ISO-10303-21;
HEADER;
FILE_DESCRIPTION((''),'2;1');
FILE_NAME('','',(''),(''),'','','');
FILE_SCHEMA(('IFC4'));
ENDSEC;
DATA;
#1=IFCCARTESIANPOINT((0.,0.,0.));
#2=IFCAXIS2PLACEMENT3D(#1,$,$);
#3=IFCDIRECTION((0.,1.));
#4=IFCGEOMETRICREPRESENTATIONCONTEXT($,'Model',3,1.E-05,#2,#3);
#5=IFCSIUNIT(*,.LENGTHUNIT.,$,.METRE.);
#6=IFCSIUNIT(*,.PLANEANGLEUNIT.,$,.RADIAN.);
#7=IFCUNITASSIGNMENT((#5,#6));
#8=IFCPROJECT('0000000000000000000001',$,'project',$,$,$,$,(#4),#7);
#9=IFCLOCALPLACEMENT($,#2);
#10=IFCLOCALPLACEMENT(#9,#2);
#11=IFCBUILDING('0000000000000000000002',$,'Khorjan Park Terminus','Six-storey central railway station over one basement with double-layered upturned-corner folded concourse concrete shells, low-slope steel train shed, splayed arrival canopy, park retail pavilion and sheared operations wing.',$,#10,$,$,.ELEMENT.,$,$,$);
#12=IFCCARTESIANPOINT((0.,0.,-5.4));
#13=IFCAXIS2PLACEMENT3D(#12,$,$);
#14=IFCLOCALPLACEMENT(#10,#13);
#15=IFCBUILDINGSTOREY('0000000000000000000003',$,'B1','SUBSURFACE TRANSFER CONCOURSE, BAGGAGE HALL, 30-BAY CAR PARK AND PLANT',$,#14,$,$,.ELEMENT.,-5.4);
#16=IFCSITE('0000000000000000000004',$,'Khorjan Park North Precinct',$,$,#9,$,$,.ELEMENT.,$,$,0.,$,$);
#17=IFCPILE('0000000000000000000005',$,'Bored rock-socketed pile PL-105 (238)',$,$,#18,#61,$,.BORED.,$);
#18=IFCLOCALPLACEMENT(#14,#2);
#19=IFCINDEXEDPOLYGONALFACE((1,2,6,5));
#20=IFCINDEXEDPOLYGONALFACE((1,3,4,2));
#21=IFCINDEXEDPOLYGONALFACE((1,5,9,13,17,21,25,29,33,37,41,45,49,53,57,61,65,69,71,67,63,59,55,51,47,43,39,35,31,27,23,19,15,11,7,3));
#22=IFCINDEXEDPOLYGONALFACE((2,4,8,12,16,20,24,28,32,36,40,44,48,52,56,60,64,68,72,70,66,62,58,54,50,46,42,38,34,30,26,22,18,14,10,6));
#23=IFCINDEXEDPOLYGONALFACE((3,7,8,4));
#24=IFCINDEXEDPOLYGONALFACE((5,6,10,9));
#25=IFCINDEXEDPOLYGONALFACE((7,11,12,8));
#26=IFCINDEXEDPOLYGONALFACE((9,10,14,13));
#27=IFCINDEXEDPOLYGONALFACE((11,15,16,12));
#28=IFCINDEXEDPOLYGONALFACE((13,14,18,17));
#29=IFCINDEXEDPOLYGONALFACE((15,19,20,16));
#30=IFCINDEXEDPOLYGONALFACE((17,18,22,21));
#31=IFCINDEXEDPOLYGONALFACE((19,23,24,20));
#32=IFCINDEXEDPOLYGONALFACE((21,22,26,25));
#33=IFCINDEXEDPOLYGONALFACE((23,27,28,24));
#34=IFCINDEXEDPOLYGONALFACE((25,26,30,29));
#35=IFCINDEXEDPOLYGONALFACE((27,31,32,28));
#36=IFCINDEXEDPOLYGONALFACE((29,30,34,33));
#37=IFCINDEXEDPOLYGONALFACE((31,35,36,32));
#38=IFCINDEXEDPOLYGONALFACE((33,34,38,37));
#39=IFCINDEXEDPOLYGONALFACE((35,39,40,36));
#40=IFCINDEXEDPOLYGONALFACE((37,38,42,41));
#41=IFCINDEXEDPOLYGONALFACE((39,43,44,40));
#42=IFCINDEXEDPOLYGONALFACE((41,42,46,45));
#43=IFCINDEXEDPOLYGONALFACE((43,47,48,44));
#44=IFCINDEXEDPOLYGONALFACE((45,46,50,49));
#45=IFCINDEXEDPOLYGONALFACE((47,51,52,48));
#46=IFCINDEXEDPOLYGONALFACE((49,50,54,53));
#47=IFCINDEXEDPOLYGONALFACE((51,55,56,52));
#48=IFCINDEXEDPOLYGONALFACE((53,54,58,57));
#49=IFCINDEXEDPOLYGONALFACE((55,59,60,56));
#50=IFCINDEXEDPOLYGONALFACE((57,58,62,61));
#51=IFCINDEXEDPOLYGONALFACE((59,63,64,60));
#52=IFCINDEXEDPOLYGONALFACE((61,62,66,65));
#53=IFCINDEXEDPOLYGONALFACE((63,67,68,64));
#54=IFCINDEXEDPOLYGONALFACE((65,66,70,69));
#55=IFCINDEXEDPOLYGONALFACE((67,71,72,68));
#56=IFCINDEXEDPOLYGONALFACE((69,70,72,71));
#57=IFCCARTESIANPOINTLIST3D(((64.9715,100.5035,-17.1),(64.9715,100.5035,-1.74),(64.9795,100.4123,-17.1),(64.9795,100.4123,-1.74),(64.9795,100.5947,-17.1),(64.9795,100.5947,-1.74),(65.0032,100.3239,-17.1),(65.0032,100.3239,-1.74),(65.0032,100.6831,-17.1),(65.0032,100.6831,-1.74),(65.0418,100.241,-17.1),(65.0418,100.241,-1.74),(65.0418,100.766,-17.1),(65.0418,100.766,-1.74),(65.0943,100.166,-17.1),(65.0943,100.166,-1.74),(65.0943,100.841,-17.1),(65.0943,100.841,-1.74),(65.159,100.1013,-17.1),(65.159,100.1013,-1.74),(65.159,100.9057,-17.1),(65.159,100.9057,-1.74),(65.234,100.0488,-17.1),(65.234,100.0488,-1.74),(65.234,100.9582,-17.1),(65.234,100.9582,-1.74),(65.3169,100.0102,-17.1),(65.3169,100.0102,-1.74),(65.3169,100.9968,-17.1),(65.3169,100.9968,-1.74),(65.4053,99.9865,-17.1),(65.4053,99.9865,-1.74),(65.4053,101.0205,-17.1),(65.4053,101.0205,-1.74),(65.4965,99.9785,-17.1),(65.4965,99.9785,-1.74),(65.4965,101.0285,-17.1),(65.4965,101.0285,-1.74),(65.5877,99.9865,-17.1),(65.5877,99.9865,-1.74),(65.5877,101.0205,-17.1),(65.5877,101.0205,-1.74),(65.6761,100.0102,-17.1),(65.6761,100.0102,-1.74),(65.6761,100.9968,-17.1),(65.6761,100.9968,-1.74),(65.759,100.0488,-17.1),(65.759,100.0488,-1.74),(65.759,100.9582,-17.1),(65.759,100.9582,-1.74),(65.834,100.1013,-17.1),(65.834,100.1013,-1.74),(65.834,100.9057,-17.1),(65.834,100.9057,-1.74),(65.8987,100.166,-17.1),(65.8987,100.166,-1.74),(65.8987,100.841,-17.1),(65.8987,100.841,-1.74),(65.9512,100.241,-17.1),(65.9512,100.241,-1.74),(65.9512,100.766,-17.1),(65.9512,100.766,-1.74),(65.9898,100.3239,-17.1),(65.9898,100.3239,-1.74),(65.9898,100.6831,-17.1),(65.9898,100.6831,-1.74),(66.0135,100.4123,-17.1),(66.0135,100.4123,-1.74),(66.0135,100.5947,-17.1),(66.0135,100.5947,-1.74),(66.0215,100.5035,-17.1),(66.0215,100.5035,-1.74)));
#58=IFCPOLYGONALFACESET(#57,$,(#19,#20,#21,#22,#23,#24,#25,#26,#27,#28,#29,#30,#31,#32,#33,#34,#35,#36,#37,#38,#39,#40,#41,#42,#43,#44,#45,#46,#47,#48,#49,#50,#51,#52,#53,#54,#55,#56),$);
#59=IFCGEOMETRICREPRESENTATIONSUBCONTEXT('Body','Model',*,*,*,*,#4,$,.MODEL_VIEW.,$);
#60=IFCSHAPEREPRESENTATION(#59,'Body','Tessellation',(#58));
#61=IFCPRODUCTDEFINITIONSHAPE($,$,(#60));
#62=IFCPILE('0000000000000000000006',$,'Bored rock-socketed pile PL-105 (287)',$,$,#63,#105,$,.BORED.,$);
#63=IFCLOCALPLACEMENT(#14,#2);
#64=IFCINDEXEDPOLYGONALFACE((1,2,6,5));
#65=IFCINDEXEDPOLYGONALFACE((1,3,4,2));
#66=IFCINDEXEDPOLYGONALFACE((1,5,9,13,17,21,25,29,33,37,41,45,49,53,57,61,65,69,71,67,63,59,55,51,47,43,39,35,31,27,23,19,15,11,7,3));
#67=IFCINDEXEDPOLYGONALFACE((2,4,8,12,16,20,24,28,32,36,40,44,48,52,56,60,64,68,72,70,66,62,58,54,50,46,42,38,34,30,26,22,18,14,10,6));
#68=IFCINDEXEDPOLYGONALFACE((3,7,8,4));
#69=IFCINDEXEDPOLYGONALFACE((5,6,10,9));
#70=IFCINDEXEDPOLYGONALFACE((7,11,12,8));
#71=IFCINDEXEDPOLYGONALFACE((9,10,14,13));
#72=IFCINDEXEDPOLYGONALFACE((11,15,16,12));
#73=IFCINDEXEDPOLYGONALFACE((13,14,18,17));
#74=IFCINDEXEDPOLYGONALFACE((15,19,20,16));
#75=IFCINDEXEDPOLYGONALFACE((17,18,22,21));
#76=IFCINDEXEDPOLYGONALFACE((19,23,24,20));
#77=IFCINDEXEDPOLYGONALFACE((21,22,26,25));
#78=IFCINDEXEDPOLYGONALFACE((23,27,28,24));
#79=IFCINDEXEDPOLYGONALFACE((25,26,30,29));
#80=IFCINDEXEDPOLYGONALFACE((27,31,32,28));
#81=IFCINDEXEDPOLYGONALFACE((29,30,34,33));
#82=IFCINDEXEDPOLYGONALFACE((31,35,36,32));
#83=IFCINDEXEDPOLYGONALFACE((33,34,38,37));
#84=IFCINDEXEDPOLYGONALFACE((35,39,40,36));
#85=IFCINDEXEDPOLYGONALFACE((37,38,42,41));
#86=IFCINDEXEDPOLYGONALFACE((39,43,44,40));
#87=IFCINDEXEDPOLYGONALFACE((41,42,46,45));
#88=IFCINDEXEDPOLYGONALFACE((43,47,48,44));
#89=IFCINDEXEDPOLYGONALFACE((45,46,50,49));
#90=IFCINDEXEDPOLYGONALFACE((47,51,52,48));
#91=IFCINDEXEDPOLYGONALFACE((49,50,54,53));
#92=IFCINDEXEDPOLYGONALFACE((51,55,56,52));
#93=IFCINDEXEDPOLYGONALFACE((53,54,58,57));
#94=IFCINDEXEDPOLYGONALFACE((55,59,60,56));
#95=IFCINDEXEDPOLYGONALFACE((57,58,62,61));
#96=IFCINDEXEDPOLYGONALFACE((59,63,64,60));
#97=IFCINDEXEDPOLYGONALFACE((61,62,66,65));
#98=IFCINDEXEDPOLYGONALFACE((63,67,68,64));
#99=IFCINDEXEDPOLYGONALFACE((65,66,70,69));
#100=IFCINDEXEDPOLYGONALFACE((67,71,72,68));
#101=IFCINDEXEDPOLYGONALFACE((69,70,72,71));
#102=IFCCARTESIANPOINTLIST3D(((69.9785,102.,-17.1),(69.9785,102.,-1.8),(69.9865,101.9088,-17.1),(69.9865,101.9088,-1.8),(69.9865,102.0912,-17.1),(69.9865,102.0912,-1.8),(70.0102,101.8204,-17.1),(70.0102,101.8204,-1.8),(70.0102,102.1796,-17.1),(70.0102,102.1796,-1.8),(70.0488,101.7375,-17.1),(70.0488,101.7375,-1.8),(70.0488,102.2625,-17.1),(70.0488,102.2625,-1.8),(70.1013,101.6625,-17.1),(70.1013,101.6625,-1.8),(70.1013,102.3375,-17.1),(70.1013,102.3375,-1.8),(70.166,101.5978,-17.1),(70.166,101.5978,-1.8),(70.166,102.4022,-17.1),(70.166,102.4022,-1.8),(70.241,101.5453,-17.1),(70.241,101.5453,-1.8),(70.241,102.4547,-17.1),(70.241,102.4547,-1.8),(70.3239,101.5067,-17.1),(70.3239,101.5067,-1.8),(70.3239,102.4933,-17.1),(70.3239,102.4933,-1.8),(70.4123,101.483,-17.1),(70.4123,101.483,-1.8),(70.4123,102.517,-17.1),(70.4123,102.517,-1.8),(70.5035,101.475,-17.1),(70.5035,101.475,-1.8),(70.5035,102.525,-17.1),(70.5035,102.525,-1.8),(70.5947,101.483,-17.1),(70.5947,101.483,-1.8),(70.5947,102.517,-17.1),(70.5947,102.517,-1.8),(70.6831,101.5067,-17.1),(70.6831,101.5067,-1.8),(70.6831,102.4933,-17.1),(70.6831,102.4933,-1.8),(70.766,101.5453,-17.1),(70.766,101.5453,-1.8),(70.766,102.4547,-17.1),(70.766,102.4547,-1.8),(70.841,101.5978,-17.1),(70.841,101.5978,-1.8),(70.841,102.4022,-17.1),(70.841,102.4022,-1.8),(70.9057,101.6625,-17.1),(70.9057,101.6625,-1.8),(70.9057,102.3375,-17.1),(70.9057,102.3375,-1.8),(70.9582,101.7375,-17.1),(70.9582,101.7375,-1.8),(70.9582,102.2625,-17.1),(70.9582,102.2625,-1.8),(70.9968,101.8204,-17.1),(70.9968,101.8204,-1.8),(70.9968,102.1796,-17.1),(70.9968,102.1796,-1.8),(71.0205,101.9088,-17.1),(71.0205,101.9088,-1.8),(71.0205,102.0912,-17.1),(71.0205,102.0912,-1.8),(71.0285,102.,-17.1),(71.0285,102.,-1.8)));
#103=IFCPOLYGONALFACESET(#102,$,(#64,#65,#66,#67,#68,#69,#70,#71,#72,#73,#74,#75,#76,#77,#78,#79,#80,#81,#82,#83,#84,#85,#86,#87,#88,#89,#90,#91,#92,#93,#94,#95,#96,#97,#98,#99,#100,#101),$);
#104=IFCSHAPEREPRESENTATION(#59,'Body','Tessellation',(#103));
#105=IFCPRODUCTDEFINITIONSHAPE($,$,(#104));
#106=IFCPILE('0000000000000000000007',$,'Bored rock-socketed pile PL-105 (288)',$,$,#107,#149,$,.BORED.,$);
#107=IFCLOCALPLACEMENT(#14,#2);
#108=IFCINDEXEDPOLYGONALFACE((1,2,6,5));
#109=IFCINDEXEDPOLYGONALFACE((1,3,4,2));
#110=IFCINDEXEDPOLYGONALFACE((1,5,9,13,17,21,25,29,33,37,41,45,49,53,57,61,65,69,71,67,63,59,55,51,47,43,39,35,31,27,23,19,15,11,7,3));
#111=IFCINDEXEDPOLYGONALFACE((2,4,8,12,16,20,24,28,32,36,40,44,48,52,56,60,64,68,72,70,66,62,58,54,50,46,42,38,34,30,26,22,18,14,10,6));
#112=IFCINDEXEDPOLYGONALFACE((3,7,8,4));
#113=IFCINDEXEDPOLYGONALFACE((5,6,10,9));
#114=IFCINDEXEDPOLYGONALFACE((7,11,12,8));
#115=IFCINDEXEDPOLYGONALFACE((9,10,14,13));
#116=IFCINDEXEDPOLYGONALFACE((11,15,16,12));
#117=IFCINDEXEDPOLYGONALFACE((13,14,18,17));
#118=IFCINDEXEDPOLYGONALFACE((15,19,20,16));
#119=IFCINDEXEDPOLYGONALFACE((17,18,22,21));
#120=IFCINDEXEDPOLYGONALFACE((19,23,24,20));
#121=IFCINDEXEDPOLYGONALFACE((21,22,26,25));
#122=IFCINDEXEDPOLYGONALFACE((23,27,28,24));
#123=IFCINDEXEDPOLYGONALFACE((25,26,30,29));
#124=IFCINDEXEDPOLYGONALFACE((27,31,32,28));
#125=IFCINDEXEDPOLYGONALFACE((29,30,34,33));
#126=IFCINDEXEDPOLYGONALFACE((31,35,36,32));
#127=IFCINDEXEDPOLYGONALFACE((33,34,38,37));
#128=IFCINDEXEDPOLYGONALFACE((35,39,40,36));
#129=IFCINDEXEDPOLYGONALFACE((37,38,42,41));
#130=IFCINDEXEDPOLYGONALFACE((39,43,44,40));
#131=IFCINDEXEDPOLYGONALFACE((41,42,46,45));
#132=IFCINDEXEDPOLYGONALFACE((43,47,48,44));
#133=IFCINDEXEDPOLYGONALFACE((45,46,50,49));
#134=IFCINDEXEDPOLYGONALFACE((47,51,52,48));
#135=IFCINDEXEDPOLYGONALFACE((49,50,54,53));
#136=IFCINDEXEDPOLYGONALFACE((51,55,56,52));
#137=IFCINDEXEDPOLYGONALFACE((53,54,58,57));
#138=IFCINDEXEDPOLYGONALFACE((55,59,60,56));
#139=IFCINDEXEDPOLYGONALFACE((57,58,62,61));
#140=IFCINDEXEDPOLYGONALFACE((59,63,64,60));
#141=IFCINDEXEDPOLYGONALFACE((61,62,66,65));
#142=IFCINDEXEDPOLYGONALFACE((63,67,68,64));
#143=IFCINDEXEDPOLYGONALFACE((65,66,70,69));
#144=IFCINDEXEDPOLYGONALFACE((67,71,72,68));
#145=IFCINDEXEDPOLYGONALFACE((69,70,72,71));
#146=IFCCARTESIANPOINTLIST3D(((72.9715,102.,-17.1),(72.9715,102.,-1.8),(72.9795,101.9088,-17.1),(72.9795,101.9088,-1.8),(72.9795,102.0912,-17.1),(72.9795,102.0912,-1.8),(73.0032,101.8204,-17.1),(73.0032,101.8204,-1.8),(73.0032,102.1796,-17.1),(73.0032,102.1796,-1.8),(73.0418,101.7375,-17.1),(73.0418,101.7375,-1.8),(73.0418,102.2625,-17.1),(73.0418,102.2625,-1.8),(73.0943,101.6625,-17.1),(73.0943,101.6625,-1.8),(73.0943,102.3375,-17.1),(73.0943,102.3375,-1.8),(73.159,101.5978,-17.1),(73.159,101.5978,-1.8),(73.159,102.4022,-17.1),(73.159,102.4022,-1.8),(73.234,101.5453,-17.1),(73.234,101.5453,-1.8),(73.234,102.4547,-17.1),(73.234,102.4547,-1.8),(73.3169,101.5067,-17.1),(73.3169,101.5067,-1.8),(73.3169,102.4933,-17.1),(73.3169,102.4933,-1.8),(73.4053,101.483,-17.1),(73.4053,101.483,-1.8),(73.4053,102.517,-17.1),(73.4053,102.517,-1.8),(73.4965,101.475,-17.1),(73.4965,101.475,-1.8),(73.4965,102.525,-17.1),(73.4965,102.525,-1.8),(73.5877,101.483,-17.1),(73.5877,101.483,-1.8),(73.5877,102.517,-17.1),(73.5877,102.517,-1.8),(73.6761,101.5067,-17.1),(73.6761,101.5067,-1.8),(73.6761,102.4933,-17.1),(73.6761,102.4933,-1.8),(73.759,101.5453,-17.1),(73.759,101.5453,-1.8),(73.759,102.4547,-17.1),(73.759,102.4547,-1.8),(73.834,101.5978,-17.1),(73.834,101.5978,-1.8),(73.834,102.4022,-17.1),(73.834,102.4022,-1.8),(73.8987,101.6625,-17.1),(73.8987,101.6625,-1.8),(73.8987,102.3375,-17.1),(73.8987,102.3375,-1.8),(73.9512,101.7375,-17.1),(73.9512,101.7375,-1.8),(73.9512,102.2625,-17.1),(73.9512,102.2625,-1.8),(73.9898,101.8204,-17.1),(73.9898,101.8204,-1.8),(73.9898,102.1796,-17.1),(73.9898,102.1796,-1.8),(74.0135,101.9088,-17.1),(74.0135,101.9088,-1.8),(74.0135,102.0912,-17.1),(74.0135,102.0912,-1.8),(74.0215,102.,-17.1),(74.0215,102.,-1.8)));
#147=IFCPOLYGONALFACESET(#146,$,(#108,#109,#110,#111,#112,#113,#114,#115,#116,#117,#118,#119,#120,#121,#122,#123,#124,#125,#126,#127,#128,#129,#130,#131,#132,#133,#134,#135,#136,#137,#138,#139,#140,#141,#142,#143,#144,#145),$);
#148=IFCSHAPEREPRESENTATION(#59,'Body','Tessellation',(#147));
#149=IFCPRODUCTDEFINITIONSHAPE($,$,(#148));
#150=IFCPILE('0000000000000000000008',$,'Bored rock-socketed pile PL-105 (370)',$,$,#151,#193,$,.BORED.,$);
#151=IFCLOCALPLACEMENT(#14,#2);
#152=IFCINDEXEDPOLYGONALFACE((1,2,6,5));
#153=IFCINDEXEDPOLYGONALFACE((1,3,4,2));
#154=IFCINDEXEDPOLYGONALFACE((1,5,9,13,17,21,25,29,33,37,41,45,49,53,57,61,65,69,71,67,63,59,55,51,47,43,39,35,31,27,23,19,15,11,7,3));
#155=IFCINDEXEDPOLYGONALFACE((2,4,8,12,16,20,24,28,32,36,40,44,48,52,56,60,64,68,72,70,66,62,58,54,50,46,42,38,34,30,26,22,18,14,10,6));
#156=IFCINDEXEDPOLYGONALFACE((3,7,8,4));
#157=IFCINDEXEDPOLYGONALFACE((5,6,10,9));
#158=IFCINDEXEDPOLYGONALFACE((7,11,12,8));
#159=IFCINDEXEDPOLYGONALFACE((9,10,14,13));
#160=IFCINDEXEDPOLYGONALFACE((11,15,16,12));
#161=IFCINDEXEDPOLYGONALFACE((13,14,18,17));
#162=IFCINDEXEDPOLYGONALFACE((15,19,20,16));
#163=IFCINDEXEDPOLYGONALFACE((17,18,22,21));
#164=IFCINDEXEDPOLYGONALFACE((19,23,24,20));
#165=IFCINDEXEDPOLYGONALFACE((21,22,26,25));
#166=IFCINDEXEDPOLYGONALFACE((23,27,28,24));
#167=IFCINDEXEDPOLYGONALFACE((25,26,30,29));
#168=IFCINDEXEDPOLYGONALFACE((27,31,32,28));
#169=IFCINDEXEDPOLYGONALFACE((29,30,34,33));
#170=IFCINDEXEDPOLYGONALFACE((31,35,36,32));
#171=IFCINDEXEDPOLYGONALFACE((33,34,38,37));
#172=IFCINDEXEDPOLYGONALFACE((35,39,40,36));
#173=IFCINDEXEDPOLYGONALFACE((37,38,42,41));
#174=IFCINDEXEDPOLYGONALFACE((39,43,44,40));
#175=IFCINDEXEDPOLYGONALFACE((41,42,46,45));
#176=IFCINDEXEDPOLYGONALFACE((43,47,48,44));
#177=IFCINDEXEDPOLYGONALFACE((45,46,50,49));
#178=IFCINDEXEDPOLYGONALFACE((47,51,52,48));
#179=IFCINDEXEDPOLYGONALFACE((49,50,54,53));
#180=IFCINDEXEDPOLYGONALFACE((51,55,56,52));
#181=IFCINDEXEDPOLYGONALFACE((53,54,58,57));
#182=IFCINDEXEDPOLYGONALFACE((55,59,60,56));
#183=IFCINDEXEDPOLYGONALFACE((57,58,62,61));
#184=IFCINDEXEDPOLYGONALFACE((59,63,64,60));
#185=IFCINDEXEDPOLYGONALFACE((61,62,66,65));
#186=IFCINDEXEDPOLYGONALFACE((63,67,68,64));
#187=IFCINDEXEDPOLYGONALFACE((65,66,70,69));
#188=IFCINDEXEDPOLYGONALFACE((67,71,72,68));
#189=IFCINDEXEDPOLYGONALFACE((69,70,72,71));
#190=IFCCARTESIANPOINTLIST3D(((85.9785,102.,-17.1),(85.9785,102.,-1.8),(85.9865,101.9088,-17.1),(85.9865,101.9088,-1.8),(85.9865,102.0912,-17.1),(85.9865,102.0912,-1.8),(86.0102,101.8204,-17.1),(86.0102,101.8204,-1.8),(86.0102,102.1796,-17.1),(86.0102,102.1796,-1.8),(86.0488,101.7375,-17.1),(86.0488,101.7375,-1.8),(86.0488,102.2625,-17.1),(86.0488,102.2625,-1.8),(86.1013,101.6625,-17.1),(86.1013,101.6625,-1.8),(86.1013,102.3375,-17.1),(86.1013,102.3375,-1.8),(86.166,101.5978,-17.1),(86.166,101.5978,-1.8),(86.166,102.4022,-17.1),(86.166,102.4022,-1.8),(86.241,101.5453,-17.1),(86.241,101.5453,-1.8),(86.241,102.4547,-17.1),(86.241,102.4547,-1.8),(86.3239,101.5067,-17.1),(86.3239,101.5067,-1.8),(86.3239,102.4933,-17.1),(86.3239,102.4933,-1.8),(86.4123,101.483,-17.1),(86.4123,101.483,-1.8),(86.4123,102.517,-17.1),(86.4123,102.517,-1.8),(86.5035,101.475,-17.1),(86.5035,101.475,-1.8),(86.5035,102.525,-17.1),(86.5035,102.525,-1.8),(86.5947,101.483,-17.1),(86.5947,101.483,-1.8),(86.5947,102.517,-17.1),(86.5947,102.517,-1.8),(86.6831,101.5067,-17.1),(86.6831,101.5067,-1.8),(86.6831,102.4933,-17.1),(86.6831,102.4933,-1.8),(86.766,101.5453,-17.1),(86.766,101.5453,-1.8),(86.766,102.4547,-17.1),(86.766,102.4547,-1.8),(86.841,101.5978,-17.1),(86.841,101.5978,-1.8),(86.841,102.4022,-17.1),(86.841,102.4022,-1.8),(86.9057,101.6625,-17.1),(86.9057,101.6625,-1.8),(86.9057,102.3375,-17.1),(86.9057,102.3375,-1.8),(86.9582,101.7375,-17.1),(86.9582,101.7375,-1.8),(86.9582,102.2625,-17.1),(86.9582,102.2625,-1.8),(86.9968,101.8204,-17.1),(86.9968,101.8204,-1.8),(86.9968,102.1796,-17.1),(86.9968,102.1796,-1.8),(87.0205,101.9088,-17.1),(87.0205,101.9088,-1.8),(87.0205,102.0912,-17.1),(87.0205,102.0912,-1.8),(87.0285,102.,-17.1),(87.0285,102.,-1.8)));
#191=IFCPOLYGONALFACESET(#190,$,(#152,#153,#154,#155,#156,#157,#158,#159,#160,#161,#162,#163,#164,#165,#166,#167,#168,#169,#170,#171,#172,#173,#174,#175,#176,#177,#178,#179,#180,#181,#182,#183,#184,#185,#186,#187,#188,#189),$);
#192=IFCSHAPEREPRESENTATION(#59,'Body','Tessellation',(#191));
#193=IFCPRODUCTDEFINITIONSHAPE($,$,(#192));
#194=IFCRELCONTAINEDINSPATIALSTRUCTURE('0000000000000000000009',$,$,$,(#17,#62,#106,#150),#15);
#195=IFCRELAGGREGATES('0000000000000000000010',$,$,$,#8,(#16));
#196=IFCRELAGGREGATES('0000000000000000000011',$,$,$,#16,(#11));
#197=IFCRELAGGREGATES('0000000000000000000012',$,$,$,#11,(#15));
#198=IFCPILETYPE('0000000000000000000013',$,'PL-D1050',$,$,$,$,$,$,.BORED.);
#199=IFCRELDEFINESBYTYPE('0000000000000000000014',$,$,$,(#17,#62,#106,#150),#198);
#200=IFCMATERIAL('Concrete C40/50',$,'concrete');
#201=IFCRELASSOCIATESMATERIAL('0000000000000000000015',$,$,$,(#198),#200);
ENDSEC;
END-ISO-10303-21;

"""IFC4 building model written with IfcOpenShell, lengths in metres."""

from ifc_helpers import new_model, si_unit, direction, frame, origin, origin_2d, place, context, subcontext, project, spatial, circle, extrude, material, material_profile, profile_set, type_object, element, save


model = new_model("IFC4")

# Units and contexts
model_context = context("Model", 3, precision=1e-05, world=origin(), true_north=direction((0.0, 1.0)))
body_context = subcontext(model_context, "Body", "Model", "MODEL_VIEW")
ifc_project = project(units=[si_unit("LENGTHUNIT", "METRE"), si_unit("PLANEANGLEUNIT", "RADIAN")], contexts=[model_context])

# Site, building, storey
site_placement = place(None, origin())
site = spatial("IfcSite", under=ifc_project, at=site_placement, Name="Khorjan Park North Precinct", CompositionType="ELEMENT", RefElevation=0.0)
building_placement = place(site_placement, origin())
building = spatial("IfcBuilding", under=site, at=building_placement, Name="Khorjan Park Terminus", Description="Six-storey central railway station over one basement with double-layered upturned-corner folded concourse concrete shells, low-slope steel train shed, splayed arrival canopy, park retail pavilion and sheared operations wing.", CompositionType="ELEMENT")
storey_placement = place(building_placement, frame((0.0, 0.0, -5.4)))
storey = spatial("IfcBuildingStorey", under=building, at=storey_placement, Name="B1", Description="SUBSURFACE TRANSFER CONCOURSE, BAGGAGE HALL, 30-BAY CAR PARK AND PLANT", CompositionType="ELEMENT", Elevation=-5.4)

# Shared definitions
ifc_material_1 = material(Name="Concrete C40/50", Category="concrete")

# Piles
ifc_material_profile_1 = material_profile(ifc_material_1, circle(Radius=0.525, at=origin_2d()), Name="BORED D1050")
ifc_profile_set_1 = profile_set([ifc_material_profile_1], Name="Concrete C40/50")
pile_type_1 = type_object("IfcPileType", Name="PL-D1050", PredefinedType="BORED", material=ifc_profile_set_1)
pile_1_placement = place(storey_placement, frame((65.4965, 100.5035, -1.74), z_axis=(0.0, 0.0, -1.0), x_axis=(1.0, 0.0, 0.0)))
element("IfcPile", 1, at=pile_1_placement, inside=storey, type_object=pile_type_1, Name="Bored rock-socketed pile PL-105 (238)", PredefinedType="BORED", context=body_context, shape_type="SweptSolid", body=[
    extrude(circle(Radius=0.525, at=origin_2d()), origin(), (0.0, 0.0, 1.0), 15.36),
])
for number, where, z_axis, x_axis, name in (
    (2, (70.5035, 102.0, -1.8), (0.0, 0.0, -1.0), (1.0, 0.0, 0.0), "Bored rock-socketed pile PL-105 (287)"),
    (3, (73.4965, 102.0, -1.8), (0.0, 0.0, -1.0), (1.0, 0.0, 0.0), "Bored rock-socketed pile PL-105 (288)"),
    (4, (86.5035, 102.0, -1.8), (0.0, 0.0, -1.0), (1.0, 0.0, 0.0), "Bored rock-socketed pile PL-105 (370)"),
):
    element("IfcPile", number, at=place(storey_placement, frame(where, z_axis=z_axis, x_axis=x_axis)), inside=storey, type_object=pile_type_1, Name=name, PredefinedType="BORED", context=body_context, shape_type="SweptSolid", body=[
        extrude(circle(Radius=0.525, at=origin_2d()), origin(), (0.0, 0.0, 1.0), 15.3),
    ])

save(model, "model.ifc")
